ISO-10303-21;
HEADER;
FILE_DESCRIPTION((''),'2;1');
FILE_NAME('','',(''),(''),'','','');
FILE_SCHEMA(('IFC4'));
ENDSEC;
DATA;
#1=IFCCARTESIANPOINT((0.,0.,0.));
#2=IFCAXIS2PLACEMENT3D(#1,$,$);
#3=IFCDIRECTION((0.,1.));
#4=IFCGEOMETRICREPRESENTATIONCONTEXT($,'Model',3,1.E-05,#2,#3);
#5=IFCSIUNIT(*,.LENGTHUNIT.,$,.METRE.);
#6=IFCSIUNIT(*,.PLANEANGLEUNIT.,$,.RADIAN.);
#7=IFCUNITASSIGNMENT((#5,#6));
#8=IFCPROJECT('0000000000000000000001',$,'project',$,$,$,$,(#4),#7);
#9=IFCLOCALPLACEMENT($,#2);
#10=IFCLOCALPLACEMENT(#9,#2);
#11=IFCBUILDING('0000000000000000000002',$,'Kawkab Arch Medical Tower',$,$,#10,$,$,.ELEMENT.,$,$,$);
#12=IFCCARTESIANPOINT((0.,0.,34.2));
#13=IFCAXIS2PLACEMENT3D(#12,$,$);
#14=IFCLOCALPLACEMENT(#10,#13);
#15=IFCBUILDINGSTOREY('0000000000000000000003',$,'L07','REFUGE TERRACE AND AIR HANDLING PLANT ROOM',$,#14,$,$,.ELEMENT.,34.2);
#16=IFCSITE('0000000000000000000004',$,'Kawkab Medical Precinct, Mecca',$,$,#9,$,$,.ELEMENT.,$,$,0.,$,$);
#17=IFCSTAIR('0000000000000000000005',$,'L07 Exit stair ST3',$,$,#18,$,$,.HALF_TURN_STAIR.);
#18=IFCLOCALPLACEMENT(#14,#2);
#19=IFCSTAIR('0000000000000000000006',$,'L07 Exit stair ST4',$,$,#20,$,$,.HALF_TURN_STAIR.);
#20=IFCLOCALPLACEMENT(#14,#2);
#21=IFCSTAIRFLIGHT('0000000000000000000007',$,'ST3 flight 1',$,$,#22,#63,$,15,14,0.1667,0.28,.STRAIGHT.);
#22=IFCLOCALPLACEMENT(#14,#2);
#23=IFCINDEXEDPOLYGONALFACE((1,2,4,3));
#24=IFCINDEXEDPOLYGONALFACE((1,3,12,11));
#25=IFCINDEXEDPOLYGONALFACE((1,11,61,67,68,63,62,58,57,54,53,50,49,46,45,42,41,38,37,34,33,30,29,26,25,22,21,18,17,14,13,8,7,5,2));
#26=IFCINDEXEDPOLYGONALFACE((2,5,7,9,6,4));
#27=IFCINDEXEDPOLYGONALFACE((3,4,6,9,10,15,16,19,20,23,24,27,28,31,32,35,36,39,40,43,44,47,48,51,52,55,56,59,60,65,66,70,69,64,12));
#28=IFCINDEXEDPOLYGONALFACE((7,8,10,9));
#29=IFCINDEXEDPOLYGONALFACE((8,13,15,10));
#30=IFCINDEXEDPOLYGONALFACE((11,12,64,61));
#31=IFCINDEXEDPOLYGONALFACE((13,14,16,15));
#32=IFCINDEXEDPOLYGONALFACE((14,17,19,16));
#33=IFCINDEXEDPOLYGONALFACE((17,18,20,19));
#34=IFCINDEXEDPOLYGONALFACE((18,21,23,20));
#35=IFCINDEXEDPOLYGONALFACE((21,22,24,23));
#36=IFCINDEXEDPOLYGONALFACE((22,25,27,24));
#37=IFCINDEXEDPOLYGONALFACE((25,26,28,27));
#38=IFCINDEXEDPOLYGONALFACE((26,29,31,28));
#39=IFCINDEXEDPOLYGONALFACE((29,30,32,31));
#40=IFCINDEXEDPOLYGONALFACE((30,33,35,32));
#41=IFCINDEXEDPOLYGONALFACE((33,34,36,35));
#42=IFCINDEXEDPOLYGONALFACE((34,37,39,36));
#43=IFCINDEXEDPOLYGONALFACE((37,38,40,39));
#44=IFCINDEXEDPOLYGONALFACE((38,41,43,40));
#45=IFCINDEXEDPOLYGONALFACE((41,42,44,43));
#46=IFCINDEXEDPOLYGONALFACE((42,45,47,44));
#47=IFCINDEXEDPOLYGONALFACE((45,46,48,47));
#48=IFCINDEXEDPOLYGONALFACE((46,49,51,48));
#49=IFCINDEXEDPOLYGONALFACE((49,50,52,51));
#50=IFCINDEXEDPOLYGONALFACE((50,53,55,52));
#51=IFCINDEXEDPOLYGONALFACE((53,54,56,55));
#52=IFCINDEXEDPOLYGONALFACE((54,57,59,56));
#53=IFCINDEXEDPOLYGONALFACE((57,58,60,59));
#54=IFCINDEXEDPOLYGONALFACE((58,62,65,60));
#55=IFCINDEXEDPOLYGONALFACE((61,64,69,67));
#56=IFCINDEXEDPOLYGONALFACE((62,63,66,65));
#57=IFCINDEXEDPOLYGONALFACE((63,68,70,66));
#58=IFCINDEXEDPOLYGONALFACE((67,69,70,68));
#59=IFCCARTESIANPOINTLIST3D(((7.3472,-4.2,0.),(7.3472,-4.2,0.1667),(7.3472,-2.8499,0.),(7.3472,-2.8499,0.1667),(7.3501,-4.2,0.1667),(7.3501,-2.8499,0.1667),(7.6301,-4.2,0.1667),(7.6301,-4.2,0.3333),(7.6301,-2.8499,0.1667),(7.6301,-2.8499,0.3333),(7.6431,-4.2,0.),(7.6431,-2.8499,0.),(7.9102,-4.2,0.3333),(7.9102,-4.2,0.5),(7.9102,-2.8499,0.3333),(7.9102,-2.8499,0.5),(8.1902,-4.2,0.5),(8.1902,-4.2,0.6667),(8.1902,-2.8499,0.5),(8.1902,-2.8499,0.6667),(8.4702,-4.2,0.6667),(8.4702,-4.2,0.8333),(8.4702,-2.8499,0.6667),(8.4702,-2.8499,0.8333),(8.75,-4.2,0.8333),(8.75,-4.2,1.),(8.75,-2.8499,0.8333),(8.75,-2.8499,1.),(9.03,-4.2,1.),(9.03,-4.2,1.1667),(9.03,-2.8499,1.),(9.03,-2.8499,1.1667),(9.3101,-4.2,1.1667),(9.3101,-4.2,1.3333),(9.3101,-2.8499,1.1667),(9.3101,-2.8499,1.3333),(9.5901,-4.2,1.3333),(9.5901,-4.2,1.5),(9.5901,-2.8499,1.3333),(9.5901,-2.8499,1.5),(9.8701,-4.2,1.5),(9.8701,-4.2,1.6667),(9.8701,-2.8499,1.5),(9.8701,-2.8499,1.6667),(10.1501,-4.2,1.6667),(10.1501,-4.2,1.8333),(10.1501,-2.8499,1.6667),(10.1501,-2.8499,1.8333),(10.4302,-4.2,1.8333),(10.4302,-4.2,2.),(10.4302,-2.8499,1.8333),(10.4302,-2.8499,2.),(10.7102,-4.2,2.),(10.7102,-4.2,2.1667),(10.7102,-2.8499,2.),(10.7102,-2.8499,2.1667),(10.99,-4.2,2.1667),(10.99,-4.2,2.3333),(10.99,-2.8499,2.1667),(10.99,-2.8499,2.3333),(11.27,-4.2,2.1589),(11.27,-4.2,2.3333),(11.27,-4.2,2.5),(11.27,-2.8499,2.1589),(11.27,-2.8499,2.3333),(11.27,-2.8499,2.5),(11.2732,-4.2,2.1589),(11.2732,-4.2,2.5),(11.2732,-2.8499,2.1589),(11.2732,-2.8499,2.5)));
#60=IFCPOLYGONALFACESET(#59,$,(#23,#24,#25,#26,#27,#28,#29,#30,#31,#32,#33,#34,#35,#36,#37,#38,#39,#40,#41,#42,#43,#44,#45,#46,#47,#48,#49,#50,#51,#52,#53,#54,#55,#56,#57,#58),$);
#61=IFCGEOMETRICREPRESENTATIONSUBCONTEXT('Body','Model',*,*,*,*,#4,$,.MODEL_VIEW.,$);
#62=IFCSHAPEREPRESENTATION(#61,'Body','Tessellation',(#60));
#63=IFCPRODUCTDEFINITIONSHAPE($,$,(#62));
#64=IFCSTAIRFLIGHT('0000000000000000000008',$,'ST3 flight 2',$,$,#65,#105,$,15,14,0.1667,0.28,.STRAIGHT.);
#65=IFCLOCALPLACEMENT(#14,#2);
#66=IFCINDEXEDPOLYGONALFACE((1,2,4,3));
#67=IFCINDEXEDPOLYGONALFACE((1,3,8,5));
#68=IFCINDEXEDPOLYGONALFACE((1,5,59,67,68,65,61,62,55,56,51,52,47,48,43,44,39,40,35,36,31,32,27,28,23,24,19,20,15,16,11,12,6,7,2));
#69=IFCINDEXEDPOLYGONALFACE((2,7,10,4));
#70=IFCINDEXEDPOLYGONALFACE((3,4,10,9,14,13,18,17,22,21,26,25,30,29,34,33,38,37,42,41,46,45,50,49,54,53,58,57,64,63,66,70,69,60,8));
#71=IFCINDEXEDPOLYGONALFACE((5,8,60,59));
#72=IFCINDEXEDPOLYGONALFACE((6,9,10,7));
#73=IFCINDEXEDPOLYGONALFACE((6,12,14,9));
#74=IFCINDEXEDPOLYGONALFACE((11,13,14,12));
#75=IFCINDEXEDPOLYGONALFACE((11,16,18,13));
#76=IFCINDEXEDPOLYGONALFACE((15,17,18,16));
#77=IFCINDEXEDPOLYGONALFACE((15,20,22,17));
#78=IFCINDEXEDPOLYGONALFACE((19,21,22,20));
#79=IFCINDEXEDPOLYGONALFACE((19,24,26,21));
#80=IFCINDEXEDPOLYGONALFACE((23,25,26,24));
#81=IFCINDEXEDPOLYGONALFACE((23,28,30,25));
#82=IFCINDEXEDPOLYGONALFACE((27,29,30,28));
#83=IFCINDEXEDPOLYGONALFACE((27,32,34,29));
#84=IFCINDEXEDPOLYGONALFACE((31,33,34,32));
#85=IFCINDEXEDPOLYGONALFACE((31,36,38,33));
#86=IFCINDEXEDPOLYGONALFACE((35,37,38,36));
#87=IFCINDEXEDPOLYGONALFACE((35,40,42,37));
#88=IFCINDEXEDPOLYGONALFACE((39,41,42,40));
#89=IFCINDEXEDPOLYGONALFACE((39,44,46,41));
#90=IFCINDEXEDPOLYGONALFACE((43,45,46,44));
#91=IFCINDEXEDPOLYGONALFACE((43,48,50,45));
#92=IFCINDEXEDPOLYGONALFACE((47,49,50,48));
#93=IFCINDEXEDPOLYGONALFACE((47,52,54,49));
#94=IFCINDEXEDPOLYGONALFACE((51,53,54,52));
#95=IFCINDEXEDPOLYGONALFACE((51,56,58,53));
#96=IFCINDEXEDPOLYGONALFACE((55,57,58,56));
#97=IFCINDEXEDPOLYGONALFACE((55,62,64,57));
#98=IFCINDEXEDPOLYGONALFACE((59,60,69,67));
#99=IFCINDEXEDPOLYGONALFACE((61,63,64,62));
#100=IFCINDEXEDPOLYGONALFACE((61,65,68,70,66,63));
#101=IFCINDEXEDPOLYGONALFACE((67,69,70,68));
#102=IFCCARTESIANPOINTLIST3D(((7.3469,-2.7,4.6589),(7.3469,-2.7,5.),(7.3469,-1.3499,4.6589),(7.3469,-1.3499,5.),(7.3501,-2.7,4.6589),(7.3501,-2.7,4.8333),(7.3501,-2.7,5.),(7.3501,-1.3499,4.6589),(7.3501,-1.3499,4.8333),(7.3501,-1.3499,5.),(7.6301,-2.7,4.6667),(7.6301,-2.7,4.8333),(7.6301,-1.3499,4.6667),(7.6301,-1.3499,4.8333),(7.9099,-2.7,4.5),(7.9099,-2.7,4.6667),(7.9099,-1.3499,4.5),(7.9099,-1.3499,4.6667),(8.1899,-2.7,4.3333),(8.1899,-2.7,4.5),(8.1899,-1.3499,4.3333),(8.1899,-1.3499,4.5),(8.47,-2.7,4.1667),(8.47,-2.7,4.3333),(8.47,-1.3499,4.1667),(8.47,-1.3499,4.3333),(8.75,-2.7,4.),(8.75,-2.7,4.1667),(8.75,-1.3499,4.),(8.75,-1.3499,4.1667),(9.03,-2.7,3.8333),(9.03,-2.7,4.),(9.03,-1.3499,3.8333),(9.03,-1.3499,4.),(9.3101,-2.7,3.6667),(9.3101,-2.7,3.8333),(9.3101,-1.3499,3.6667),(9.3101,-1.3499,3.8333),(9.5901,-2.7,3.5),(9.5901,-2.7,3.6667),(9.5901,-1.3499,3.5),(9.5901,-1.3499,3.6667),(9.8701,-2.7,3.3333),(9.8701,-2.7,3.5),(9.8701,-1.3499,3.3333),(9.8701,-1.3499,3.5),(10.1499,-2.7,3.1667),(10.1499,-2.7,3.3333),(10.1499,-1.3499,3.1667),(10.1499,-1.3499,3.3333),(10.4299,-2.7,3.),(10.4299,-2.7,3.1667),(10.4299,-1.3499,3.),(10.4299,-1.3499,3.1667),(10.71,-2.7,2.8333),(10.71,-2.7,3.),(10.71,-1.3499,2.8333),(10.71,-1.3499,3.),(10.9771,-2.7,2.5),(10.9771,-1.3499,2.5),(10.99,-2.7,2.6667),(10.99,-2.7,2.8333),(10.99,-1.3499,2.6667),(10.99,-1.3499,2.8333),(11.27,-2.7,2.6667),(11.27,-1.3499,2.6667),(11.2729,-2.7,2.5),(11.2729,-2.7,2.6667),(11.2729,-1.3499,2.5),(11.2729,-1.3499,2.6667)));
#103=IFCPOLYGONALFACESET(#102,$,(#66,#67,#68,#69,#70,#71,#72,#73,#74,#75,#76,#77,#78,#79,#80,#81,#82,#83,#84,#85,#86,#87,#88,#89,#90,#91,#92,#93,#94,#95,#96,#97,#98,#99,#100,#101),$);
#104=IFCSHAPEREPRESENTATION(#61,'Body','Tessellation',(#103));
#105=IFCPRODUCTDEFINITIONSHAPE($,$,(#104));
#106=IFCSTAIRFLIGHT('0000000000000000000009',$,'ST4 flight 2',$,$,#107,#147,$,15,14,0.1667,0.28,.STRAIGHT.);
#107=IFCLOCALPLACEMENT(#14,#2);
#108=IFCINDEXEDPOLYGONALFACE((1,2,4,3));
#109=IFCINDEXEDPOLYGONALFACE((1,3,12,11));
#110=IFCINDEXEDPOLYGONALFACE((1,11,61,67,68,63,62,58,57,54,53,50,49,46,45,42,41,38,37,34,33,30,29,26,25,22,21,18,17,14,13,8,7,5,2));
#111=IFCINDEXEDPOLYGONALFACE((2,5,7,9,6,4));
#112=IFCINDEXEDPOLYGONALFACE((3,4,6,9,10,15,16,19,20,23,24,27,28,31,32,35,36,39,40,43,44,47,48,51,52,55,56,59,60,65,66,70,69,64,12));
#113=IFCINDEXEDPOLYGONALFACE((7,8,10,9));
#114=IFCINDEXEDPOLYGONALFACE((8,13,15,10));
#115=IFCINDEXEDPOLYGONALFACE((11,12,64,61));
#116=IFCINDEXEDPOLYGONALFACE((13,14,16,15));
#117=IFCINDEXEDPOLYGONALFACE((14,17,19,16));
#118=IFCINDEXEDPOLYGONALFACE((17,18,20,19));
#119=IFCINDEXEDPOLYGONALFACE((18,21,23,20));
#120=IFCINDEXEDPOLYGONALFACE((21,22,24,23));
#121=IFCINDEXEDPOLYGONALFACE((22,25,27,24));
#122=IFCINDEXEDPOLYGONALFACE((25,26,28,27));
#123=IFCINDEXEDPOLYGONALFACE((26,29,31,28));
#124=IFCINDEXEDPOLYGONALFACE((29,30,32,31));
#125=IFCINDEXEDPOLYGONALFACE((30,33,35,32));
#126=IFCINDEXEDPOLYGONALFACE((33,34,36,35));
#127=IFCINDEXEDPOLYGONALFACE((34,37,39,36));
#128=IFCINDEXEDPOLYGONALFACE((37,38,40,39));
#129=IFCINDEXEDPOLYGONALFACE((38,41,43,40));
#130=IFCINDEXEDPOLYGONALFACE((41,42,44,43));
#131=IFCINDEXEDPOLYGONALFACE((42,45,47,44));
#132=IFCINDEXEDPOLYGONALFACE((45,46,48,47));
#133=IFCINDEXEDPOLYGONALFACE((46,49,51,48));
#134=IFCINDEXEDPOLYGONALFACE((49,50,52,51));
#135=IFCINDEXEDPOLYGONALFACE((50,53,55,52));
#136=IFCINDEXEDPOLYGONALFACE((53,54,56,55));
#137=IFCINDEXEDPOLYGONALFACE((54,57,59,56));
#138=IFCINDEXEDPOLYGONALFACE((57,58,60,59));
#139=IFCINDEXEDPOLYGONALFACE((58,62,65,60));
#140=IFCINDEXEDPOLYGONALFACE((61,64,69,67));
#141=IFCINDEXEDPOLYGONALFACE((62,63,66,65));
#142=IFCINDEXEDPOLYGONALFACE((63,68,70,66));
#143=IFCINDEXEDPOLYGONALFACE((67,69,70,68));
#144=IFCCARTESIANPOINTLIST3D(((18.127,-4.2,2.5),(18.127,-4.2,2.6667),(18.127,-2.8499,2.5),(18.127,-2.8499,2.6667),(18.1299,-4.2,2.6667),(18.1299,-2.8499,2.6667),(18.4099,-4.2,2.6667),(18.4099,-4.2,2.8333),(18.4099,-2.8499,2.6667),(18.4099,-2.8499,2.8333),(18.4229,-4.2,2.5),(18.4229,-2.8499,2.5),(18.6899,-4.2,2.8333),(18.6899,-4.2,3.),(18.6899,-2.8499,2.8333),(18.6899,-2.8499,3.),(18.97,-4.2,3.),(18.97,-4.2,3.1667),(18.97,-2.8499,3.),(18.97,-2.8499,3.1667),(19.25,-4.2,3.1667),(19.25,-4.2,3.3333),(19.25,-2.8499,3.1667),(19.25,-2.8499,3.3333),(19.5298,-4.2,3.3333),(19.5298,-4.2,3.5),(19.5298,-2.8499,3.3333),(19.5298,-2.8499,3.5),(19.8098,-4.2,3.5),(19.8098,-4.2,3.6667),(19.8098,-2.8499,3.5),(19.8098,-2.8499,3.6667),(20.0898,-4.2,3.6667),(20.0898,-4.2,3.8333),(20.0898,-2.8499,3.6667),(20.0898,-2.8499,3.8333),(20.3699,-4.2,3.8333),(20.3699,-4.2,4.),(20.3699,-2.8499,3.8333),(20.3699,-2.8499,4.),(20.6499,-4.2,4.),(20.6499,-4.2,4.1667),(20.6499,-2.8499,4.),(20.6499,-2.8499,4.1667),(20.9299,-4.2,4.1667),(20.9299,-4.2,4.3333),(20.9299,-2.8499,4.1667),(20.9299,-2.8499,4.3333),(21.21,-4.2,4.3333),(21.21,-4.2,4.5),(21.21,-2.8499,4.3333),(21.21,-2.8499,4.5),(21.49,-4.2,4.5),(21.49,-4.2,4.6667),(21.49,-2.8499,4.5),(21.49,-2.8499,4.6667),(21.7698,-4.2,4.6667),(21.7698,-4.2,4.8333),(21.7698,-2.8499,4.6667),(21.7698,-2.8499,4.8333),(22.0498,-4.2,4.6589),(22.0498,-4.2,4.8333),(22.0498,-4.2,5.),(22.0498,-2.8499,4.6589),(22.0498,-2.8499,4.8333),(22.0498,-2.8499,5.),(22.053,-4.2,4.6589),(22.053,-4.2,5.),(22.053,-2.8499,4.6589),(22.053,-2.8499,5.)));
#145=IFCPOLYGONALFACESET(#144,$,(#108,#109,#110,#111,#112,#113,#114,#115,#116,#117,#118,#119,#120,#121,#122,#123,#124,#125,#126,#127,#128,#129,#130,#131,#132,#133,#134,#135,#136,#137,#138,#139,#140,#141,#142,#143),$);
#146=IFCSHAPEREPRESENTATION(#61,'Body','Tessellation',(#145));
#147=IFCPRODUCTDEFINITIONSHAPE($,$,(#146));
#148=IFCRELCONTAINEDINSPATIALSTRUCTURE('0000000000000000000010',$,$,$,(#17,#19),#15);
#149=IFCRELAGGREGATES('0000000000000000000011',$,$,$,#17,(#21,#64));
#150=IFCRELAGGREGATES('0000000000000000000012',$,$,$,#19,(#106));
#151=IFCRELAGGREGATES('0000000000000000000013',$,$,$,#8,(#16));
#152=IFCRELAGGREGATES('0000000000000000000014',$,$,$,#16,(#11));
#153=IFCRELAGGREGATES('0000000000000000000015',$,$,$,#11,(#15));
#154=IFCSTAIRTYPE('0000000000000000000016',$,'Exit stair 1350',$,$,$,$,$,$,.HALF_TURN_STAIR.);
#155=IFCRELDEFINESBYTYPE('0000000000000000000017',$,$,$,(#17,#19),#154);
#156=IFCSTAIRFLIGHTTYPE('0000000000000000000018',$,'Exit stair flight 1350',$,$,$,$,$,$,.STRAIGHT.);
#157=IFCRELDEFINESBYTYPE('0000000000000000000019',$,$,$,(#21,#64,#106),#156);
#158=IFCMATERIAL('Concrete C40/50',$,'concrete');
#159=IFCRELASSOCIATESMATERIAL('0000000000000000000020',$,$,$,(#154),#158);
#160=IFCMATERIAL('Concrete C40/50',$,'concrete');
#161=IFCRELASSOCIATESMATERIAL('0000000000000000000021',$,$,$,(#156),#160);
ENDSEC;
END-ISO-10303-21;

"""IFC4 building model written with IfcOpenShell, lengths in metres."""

from ifc_helpers import new_model, si_unit, direction, frame, origin, place, context, subcontext, project, spatial, polyline, outline, extrude, material, type_object, element, aggregate, save


model = new_model("IFC4")

# Units and contexts
model_context = context("Model", 3, precision=1e-05, world=origin(), true_north=direction((0.0, 1.0)))
body_context = subcontext(model_context, "Body", "Model", "MODEL_VIEW")
ifc_project = project(units=[si_unit("LENGTHUNIT", "METRE"), si_unit("PLANEANGLEUNIT", "RADIAN")], contexts=[model_context])

# Site, building, storey
site_placement = place(None, origin())
site = spatial("IfcSite", under=ifc_project, at=site_placement, Name="Kawkab Medical Precinct, Mecca", CompositionType="ELEMENT", RefElevation=0.0)
building_placement = place(site_placement, origin())
building = spatial("IfcBuilding", under=site, at=building_placement, Name="Kawkab Arch Medical Tower", CompositionType="ELEMENT")
storey_placement = place(building_placement, frame((0.0, 0.0, 34.2)))
storey = spatial("IfcBuildingStorey", under=building, at=storey_placement, Name="L07", Description="REFUGE TERRACE AND AIR HANDLING PLANT ROOM", CompositionType="ELEMENT", Elevation=34.2)

# Stairs
ifc_material_1 = material(Name="Concrete C40/50", Category="concrete")
stair_type = type_object("IfcStairType", Name="Exit stair 1350", PredefinedType="HALF_TURN_STAIR", material=ifc_material_1)
placement_1 = place(storey_placement, origin())
stair_1 = element("IfcStair", 1, at=placement_1, inside=storey, type_object=stair_type, Name="L07 Exit stair ST3", PredefinedType="HALF_TURN_STAIR")
stair_2 = element("IfcStair", 2, at=placement_1, inside=storey, type_object=stair_type, Name="L07 Exit stair ST4", PredefinedType="HALF_TURN_STAIR")

# Stair flights
ifc_material_2 = material(Name="Concrete C40/50", Category="concrete")
stair_flight_type = type_object("IfcStairFlightType", Name="Exit stair flight 1350", PredefinedType="STRAIGHT", material=ifc_material_2)
stair_flight_1_placement = place(storey_placement, frame((7.3501, -3.5249, 0.0), z_axis=(0.0, 0.0, 1.0), x_axis=(1.0, 0.0, 0.0)))
stair_flight_1 = element("IfcStairFlight", 3, at=stair_flight_1_placement, type_object=stair_flight_type, Name="ST3 flight 1", NumberOfRisers=15, NumberOfTreads=14, PredefinedType="STRAIGHT", RiserHeight=0.1667, TreadLength=0.28, context=body_context, shape_type="SweptSolid", body=[
    extrude(outline(polyline([(-0.0029, 0.0), (-0.0029, 0.1667), (0.0, 0.1667), (0.28, 0.1667), (0.28, 0.3333), (0.5601, 0.3333), (0.5601, 0.5), (0.8401, 0.5), (0.8401, 0.6667), (1.1201, 0.6667), (1.1201, 0.8333), (1.3999, 0.8333), (1.3999, 1.0), (1.6799, 1.0), (1.6799, 1.1667), (1.96, 1.1667), (1.96, 1.3333), (2.24, 1.3333), (2.24, 1.5), (2.52, 1.5), (2.52, 1.6667), (2.8, 1.6667), (2.8, 1.8333), (3.0801, 1.8333), (3.0801, 2.0), (3.3601, 2.0), (3.3601, 2.1667), (3.6399, 2.1667), (3.6399, 2.3333), (3.9199, 2.3333), (3.9199, 2.5), (3.9231, 2.5), (3.9231, 2.1589), (3.9199, 2.1589), (0.293, 0.0), (-0.0029, 0.0)])), frame((0.0, 0.675, 0.0), z_axis=(0.0, -1.0, 0.0), x_axis=(1.0, 0.0, 0.0)), (0.0, 0.0, 1.0), 1.3501),
])
stair_flight_2_placement = place(storey_placement, frame((11.27, -2.0249, 2.5), z_axis=(0.0, 0.0, 1.0), x_axis=(-1.0, 0.0, 0.0)))
stair_flight_2 = element("IfcStairFlight", 4, at=stair_flight_2_placement, type_object=stair_flight_type, Name="ST3 flight 2", NumberOfRisers=15, NumberOfTreads=14, PredefinedType="STRAIGHT", RiserHeight=0.1667, TreadLength=0.28, context=body_context, shape_type="SweptSolid", body=[
    extrude(outline(polyline([(-0.0029, 0.0), (-0.0029, 0.1667), (0.0, 0.1667), (0.28, 0.1667), (0.28, 0.3333), (0.5601, 0.3333), (0.5601, 0.5), (0.8401, 0.5), (0.8401, 0.6667), (1.1201, 0.6667), (1.1201, 0.8333), (1.3999, 0.8333), (1.3999, 1.0), (1.6799, 1.0), (1.6799, 1.1667), (1.96, 1.1667), (1.96, 1.3333), (2.24, 1.3333), (2.24, 1.5), (2.52, 1.5), (2.52, 1.6667), (2.8, 1.6667), (2.8, 1.8333), (3.0801, 1.8333), (3.0801, 2.0), (3.3601, 2.0), (3.3601, 2.1667), (3.6399, 2.1667), (3.6399, 2.3333), (3.9199, 2.3333), (3.9199, 2.5), (3.9231, 2.5), (3.9231, 2.1589), (3.9199, 2.1589), (0.293, 0.0), (-0.0029, 0.0)])), frame((0.0, 0.675, 0.0), z_axis=(0.0, -1.0, 0.0), x_axis=(1.0, 0.0, 0.0)), (0.0, 0.0, 1.0), 1.3501),
])
aggregate(stair_1, [stair_flight_1, stair_flight_2])
stair_flight_3_placement = place(storey_placement, frame((18.1299, -3.5249, 2.5), z_axis=(0.0, 0.0, 1.0), x_axis=(1.0, 0.0, 0.0)))
stair_flight_3 = element("IfcStairFlight", 5, at=stair_flight_3_placement, type_object=stair_flight_type, Name="ST4 flight 2", NumberOfRisers=15, NumberOfTreads=14, PredefinedType="STRAIGHT", RiserHeight=0.1667, TreadLength=0.28, context=body_context, shape_type="SweptSolid", body=[
    extrude(outline(polyline([(-0.0029, 0.0), (-0.0029, 0.1667), (0.0, 0.1667), (0.28, 0.1667), (0.28, 0.3333), (0.5601, 0.3333), (0.5601, 0.5), (0.8401, 0.5), (0.8401, 0.6667), (1.1201, 0.6667), (1.1201, 0.8333), (1.3999, 0.8333), (1.3999, 1.0), (1.6799, 1.0), (1.6799, 1.1667), (1.96, 1.1667), (1.96, 1.3333), (2.24, 1.3333), (2.24, 1.5), (2.52, 1.5), (2.52, 1.6667), (2.8, 1.6667), (2.8, 1.8333), (3.0801, 1.8333), (3.0801, 2.0), (3.3601, 2.0), (3.3601, 2.1667), (3.6399, 2.1667), (3.6399, 2.3333), (3.9199, 2.3333), (3.9199, 2.5), (3.9231, 2.5), (3.9231, 2.1589), (3.9199, 2.1589), (0.293, 0.0), (-0.0029, 0.0)])), frame((0.0, 0.675, 0.0), z_axis=(0.0, -1.0, 0.0), x_axis=(1.0, 0.0, 0.0)), (0.0, 0.0, 1.0), 1.3501),
])
aggregate(stair_2, [stair_flight_3])

save(model, "model.ifc")
